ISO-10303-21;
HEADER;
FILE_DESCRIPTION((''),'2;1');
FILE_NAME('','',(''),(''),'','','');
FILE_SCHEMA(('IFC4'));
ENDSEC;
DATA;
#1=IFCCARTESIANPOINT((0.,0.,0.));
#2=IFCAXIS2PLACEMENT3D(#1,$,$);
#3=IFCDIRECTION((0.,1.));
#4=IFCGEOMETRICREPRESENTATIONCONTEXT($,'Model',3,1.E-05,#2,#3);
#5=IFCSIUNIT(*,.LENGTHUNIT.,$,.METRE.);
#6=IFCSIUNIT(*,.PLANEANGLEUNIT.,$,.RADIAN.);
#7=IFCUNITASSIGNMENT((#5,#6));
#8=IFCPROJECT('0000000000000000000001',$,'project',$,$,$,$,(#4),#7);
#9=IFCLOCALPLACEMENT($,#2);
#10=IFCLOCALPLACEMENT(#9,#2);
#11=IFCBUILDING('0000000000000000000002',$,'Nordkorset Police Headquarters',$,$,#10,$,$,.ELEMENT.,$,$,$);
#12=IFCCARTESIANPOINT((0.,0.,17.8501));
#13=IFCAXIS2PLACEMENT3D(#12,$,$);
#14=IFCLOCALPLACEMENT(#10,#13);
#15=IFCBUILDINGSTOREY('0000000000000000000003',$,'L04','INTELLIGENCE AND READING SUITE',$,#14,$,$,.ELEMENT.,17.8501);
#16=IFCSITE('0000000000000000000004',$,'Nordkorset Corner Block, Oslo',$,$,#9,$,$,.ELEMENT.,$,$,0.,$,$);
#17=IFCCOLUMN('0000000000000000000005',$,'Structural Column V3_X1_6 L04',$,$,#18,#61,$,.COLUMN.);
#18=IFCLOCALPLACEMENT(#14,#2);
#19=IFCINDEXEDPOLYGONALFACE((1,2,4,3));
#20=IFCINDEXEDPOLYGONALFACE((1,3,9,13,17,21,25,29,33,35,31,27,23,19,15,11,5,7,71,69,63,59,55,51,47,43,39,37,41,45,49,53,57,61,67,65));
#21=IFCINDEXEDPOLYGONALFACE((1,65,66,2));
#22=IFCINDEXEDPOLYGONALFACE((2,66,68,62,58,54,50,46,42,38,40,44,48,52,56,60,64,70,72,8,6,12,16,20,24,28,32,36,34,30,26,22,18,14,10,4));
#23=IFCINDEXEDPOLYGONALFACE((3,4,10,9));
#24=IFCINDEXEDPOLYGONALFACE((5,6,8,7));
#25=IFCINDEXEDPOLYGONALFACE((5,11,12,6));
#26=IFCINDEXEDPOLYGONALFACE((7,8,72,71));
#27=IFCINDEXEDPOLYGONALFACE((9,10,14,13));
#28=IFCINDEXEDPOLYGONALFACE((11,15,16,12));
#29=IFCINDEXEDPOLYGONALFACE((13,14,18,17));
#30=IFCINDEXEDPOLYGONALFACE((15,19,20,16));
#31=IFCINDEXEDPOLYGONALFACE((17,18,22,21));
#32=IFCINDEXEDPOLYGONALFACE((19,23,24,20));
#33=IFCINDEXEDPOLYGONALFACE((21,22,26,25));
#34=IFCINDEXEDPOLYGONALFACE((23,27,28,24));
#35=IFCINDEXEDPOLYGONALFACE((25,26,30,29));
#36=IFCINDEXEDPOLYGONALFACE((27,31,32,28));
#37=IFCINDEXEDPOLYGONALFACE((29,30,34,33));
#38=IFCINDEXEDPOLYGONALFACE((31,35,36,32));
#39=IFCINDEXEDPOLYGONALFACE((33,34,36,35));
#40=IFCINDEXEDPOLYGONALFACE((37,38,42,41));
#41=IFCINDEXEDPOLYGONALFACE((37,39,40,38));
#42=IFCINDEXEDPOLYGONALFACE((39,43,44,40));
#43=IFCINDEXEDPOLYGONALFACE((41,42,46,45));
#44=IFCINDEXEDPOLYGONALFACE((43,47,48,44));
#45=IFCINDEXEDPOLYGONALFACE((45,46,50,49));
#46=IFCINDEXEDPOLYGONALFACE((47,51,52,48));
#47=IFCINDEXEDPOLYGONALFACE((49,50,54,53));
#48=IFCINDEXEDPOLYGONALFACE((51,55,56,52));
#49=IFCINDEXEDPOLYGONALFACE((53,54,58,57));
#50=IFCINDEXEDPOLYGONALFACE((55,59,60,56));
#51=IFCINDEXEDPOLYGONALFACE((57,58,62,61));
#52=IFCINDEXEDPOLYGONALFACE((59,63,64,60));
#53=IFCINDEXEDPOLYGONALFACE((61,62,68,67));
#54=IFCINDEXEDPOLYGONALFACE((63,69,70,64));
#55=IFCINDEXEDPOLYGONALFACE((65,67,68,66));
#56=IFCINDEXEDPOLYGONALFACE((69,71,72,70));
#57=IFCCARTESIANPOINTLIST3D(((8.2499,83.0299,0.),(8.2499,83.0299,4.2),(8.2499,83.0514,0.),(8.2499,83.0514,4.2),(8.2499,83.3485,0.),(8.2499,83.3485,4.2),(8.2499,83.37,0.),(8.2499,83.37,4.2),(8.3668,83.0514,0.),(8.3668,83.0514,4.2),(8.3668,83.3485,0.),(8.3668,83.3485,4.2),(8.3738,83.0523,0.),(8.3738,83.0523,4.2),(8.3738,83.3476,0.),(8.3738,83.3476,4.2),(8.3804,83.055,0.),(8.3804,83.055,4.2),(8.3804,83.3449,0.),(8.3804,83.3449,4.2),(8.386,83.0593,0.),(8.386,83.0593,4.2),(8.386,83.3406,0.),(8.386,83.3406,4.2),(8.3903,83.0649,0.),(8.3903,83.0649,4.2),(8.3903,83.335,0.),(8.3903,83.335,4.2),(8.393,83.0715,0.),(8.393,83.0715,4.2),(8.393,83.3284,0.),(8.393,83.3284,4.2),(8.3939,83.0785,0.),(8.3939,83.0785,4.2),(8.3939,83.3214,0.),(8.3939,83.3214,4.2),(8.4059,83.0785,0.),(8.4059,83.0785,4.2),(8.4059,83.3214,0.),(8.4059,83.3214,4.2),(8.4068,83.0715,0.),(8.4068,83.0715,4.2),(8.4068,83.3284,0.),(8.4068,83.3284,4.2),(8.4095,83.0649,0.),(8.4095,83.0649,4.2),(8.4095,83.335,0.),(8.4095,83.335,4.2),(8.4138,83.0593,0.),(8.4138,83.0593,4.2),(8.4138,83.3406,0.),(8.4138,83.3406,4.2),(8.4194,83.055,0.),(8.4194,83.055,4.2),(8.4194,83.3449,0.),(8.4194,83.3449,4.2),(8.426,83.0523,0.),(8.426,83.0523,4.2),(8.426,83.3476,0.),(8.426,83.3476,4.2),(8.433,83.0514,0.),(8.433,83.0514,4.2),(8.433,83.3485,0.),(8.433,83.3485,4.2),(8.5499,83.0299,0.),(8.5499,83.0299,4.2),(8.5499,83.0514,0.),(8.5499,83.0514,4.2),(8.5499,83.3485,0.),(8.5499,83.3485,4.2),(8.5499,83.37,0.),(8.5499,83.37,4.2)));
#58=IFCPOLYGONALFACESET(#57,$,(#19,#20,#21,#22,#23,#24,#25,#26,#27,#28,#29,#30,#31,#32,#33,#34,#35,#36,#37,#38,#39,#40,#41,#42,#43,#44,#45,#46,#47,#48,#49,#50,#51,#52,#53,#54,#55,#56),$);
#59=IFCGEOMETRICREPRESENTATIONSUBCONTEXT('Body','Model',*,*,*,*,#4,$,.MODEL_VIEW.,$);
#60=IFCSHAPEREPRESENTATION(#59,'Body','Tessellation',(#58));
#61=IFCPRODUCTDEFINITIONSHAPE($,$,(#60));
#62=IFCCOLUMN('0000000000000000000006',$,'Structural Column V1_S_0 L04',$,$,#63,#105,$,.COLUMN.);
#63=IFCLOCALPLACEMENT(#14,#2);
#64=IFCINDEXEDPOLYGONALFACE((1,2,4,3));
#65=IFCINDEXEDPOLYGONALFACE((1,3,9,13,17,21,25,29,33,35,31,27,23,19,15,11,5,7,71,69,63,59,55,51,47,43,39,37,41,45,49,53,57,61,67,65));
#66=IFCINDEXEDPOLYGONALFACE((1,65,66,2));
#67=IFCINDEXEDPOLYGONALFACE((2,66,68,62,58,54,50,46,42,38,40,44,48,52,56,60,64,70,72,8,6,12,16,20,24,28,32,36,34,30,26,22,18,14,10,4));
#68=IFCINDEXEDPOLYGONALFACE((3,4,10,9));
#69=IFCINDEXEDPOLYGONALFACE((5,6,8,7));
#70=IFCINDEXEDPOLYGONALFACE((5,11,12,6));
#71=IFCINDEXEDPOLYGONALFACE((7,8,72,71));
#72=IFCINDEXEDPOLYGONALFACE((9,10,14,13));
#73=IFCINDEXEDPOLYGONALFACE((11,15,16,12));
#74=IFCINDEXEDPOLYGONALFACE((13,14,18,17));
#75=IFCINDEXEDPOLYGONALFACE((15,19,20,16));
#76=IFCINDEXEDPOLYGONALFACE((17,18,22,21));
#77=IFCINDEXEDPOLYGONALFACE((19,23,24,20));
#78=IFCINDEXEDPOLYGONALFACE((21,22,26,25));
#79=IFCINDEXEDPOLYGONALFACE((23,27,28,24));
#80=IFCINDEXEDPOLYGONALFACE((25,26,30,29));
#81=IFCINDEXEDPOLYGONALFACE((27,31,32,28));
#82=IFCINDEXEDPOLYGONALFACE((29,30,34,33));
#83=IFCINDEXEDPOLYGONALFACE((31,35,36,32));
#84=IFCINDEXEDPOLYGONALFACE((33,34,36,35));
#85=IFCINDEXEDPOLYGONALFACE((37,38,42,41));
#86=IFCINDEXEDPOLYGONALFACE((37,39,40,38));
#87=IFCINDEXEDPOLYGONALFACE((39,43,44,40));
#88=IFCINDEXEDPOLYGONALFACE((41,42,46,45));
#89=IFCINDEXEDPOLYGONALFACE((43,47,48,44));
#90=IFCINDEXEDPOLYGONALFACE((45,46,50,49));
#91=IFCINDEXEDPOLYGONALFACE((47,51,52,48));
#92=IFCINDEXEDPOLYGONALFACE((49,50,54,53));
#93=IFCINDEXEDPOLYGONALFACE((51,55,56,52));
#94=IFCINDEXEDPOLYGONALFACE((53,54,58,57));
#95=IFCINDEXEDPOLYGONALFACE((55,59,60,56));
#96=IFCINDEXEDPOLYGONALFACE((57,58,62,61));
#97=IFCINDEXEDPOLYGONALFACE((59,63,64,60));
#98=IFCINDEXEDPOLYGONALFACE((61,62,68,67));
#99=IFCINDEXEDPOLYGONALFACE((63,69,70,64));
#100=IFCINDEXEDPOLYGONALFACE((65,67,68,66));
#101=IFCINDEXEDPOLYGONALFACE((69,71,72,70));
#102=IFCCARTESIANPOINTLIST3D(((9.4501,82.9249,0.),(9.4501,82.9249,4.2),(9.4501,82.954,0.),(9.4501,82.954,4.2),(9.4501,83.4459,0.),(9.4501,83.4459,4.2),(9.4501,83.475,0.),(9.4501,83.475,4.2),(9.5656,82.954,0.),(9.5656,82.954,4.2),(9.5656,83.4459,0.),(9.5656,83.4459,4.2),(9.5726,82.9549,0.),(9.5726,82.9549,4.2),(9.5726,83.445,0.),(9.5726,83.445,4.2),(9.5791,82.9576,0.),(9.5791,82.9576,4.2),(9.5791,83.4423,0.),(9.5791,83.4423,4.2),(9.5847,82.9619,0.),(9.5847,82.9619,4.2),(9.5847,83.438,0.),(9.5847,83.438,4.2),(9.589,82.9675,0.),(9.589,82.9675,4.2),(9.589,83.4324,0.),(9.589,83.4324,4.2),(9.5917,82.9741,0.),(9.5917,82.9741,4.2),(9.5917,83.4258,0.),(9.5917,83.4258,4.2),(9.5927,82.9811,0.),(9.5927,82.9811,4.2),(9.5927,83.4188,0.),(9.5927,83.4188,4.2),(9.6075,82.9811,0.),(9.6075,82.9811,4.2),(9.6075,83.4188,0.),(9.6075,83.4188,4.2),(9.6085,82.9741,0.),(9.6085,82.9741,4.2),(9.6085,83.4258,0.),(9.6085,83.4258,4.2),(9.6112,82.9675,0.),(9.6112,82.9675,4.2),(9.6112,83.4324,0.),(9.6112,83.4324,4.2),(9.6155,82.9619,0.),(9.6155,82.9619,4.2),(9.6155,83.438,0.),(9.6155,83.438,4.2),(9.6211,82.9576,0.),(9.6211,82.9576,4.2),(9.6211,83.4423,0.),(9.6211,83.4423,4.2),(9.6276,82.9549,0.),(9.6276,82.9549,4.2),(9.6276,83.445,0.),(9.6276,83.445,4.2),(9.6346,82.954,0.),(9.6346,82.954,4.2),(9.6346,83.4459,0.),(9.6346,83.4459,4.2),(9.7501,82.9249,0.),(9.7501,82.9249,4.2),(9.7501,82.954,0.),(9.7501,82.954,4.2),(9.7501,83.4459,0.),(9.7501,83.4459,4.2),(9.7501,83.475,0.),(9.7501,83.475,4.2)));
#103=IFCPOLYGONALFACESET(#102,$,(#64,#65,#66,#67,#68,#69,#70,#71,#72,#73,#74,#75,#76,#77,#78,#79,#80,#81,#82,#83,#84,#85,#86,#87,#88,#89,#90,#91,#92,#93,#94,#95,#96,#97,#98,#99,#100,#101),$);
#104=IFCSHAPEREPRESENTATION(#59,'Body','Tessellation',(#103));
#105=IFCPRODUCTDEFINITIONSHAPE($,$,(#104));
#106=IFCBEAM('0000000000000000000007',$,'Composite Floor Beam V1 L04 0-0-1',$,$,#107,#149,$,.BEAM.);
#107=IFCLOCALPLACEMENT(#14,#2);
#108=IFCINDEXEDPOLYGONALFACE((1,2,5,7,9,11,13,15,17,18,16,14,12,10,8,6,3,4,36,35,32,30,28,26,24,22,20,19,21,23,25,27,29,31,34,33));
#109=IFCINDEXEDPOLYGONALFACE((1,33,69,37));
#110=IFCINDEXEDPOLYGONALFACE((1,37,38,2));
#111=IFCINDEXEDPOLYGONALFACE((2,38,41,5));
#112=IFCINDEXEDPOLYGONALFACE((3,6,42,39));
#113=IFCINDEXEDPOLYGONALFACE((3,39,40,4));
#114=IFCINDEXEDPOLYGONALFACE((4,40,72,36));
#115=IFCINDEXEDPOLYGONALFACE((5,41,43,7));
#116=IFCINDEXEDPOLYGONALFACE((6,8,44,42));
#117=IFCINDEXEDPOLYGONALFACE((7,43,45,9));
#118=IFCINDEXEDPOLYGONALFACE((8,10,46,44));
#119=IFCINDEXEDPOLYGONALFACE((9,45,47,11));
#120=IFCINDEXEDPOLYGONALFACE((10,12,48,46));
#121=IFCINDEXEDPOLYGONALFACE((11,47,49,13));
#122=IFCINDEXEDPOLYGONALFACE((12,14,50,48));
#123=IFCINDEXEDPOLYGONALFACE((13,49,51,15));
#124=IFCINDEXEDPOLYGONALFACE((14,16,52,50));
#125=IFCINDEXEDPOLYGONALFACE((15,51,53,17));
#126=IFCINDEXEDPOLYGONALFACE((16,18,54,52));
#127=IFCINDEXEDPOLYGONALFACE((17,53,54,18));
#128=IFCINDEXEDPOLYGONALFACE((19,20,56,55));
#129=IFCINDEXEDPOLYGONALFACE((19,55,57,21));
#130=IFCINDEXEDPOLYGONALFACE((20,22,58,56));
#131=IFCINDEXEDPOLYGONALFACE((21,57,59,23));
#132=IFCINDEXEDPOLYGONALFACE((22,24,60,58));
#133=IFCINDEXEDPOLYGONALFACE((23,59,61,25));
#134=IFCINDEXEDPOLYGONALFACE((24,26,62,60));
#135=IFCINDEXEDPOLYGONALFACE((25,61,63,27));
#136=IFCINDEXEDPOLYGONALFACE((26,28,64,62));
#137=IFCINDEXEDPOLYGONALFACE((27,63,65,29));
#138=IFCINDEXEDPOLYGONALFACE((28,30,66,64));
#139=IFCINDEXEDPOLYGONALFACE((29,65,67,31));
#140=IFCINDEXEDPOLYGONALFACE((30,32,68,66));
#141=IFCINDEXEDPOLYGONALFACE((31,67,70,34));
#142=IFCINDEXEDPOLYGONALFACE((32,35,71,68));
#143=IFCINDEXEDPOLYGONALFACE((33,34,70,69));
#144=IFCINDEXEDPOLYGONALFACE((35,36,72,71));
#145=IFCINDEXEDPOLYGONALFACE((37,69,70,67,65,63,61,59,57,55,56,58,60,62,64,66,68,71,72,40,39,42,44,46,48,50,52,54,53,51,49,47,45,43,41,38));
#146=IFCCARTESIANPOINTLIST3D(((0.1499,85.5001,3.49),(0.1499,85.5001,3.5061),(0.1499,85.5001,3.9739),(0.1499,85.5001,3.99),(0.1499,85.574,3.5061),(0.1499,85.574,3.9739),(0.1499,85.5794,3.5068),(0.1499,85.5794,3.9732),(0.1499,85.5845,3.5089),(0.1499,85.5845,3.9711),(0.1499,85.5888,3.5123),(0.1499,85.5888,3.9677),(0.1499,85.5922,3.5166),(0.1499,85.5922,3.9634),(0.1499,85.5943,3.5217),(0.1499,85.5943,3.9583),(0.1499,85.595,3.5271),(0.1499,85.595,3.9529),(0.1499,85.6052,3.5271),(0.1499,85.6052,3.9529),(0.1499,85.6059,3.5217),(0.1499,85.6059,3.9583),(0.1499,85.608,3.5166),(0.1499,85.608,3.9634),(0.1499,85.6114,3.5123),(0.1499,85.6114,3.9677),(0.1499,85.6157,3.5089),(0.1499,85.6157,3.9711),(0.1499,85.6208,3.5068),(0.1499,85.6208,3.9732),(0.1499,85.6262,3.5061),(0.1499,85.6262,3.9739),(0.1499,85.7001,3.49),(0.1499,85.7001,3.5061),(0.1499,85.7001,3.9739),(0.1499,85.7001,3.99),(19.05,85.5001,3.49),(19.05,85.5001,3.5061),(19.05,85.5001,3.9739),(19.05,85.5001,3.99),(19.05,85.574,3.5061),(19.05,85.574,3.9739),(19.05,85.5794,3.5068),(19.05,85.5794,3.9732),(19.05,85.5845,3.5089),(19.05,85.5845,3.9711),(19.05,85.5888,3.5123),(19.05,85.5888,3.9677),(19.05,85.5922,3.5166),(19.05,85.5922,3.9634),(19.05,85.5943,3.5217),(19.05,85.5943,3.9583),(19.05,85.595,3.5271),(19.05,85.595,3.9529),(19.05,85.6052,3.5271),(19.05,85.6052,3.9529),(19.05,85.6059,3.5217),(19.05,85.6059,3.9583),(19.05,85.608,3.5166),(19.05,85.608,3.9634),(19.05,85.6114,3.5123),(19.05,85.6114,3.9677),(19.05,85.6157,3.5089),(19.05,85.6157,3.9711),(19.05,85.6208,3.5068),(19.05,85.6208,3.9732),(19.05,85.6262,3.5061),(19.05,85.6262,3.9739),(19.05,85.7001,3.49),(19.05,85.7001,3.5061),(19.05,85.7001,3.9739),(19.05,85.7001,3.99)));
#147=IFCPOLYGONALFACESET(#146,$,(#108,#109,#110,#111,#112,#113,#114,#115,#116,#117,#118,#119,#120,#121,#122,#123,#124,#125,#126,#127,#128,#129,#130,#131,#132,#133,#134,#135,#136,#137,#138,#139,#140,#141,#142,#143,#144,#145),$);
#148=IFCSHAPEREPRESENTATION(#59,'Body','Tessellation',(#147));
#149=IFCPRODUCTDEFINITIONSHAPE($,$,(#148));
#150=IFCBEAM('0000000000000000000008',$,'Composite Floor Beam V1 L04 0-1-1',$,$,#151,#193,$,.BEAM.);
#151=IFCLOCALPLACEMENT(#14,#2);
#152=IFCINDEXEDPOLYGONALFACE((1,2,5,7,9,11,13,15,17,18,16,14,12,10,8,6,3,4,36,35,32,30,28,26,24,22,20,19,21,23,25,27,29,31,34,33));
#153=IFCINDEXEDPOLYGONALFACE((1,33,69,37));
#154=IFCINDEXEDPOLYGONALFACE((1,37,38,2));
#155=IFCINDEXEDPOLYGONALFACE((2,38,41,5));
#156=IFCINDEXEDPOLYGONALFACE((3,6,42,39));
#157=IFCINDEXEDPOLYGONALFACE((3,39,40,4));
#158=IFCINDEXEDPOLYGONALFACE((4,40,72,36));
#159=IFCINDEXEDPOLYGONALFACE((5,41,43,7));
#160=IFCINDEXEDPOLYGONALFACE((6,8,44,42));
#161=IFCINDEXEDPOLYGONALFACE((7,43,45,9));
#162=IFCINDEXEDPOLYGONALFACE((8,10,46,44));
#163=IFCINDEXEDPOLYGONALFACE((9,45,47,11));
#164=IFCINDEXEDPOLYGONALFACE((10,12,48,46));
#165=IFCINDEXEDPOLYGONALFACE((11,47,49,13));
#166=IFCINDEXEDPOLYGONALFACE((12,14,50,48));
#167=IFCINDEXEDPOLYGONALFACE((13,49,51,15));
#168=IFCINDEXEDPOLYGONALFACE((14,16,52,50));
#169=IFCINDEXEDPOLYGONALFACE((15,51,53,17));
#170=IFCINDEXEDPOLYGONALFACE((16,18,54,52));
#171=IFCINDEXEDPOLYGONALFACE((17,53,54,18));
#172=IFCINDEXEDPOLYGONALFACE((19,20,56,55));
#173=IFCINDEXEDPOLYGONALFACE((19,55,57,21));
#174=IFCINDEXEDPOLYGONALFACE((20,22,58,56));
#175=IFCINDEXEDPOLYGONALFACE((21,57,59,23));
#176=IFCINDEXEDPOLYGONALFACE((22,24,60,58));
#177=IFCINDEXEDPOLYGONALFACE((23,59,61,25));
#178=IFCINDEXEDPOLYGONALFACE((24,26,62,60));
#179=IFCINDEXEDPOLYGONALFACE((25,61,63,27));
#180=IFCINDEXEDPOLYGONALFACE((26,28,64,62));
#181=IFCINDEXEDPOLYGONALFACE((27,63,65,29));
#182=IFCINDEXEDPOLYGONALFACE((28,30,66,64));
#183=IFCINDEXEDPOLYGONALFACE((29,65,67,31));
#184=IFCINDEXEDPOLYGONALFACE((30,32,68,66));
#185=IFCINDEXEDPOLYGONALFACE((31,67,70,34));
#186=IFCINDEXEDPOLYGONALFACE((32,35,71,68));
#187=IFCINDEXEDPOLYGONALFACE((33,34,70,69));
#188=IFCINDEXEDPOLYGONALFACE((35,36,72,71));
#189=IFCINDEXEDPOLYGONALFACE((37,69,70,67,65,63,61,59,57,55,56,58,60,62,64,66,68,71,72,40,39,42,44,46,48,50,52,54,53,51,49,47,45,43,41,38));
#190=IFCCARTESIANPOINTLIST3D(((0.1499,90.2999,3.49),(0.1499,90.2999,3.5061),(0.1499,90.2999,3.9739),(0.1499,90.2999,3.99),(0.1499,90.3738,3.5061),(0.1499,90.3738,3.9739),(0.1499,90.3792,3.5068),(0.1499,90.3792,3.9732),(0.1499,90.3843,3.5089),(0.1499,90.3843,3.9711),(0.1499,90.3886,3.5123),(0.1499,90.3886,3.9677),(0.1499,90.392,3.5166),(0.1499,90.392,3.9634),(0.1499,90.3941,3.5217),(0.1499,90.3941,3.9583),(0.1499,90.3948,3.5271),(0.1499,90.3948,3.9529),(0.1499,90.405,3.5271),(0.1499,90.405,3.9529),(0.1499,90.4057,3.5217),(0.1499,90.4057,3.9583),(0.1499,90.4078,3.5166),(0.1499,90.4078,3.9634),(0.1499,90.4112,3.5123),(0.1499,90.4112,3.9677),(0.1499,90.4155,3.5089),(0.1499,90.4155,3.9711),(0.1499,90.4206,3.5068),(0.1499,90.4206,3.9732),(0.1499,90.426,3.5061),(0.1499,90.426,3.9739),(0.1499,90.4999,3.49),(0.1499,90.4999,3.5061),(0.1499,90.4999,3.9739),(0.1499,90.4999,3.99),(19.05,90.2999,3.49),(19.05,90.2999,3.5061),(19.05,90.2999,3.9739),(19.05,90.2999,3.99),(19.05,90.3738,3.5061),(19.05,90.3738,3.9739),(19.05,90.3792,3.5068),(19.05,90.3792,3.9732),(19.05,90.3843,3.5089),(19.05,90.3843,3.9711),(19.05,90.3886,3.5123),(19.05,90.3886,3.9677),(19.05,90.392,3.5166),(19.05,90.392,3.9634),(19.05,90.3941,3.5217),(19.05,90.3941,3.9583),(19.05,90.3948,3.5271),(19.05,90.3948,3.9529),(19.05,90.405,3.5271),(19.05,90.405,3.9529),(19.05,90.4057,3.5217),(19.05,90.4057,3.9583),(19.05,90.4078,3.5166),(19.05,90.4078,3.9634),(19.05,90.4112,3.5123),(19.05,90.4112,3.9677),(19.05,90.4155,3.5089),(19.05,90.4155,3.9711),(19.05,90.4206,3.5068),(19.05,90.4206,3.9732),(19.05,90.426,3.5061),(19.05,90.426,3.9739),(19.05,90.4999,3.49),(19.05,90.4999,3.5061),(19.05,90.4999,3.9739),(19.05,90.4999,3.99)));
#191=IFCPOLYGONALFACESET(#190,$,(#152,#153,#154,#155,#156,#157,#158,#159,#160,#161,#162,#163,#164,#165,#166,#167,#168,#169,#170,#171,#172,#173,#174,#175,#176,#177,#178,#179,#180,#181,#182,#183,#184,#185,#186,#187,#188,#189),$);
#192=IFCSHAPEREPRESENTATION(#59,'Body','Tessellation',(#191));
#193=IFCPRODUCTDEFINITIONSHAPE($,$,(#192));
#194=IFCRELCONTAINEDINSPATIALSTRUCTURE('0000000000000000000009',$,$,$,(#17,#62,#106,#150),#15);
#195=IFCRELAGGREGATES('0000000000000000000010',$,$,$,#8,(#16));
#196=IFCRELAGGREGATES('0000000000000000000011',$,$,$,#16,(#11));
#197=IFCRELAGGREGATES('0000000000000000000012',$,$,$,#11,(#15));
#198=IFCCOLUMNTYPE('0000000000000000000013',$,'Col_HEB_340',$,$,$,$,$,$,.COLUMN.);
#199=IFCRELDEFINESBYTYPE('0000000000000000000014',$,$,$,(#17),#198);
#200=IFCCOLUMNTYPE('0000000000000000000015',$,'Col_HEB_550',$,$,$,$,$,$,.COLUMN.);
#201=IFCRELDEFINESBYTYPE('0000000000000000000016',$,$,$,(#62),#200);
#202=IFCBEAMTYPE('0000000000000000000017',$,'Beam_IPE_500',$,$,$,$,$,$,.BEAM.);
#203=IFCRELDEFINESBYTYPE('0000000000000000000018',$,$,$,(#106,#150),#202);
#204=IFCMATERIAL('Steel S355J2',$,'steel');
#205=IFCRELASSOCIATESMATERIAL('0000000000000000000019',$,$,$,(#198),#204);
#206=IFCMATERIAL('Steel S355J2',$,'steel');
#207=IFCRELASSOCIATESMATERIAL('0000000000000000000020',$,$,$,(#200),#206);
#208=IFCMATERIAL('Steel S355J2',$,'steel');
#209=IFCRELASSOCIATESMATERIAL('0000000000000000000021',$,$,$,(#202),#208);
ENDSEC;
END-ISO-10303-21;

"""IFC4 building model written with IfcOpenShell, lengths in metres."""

from ifc_helpers import new_model, si_unit, direction, frame, origin, origin_2d, place, context, subcontext, project, spatial, i_section, extrude, material, material_profile, profile_set, type_object, element, save


model = new_model("IFC4")

# Units and contexts
model_context = context("Model", 3, precision=1e-05, world=origin(), true_north=direction((0.0, 1.0)))
body_context = subcontext(model_context, "Body", "Model", "MODEL_VIEW")
ifc_project = project(units=[si_unit("LENGTHUNIT", "METRE"), si_unit("PLANEANGLEUNIT", "RADIAN")], contexts=[model_context])

# Site, building, storey
site_placement = place(None, origin())
site = spatial("IfcSite", under=ifc_project, at=site_placement, Name="Nordkorset Corner Block, Oslo", CompositionType="ELEMENT", RefElevation=0.0)
building_placement = place(site_placement, origin())
building = spatial("IfcBuilding", under=site, at=building_placement, Name="Nordkorset Police Headquarters", CompositionType="ELEMENT")
storey_placement = place(building_placement, frame((0.0, 0.0, 17.8501)))
storey = spatial("IfcBuildingStorey", under=building, at=storey_placement, Name="L04", Description="INTELLIGENCE AND READING SUITE", CompositionType="ELEMENT", Elevation=17.8501)

# Columns
ifc_material_1 = material(Name="Steel S355J2", Category="steel")
ifc_material_profile_1 = material_profile(ifc_material_1, i_section(OverallWidth=0.3, OverallDepth=0.3401, WebThickness=0.012, FlangeThickness=0.0215, FilletRadius=0.0271, at=origin_2d()), Name="HEB 340")
ifc_profile_set_1 = profile_set([ifc_material_profile_1], Name="Steel S355J2")
column_type_1 = type_object("IfcColumnType", Name="Col_HEB_340", PredefinedType="COLUMN", material=ifc_profile_set_1)
column_1_placement = place(storey_placement, frame((8.3999, 83.2, 0.0), z_axis=(0.0, 0.0, 1.0), x_axis=(1.0, 0.0, 0.0)))
element("IfcColumn", 1, at=column_1_placement, inside=storey, type_object=column_type_1, Name="Structural Column V3_X1_6 L04", PredefinedType="COLUMN", context=body_context, shape_type="SweptSolid", body=[
    extrude(i_section(OverallWidth=0.3, OverallDepth=0.3401, WebThickness=0.012, FlangeThickness=0.0215, FilletRadius=0.0271, at=origin_2d()), origin(), (0.0, 0.0, 1.0), 4.2),
])
ifc_material_2 = material(Name="Steel S355J2", Category="steel")
ifc_material_profile_2 = material_profile(ifc_material_2, i_section(OverallWidth=0.3, OverallDepth=0.55, WebThickness=0.0149, FlangeThickness=0.0291, FilletRadius=0.0271, at=origin_2d()), Name="HEB 550")
ifc_profile_set_2 = profile_set([ifc_material_profile_2], Name="Steel S355J2")
column_type_2 = type_object("IfcColumnType", Name="Col_HEB_550", PredefinedType="COLUMN", material=ifc_profile_set_2)
column_2_placement = place(storey_placement, frame((9.6001, 83.2, 0.0), z_axis=(0.0, 0.0, 1.0), x_axis=(1.0, 0.0, 0.0)))
element("IfcColumn", 2, at=column_2_placement, inside=storey, type_object=column_type_2, Name="Structural Column V1_S_0 L04", PredefinedType="COLUMN", context=body_context, shape_type="SweptSolid", body=[
    extrude(i_section(OverallWidth=0.3, OverallDepth=0.55, WebThickness=0.0149, FlangeThickness=0.0291, FilletRadius=0.0271, at=origin_2d()), origin(), (0.0, 0.0, 1.0), 4.2),
])

# Beams
ifc_material_3 = material(Name="Steel S355J2", Category="steel")
ifc_material_profile_3 = material_profile(ifc_material_3, i_section(OverallWidth=0.2, OverallDepth=0.5, WebThickness=0.0103, FlangeThickness=0.0161, FilletRadius=0.021, at=origin_2d()), Name="IPE 500")
ifc_profile_set_3 = profile_set([ifc_material_profile_3], Name="Steel S355J2")
beam_type_1 = type_object("IfcBeamType", Name="Beam_IPE_500", PredefinedType="BEAM", material=ifc_profile_set_3)
for number, where, z_axis, x_axis, name in (
    (3, (0.1499, 85.6001, 3.74), (1.0, 0.0, 0.0), (0.0, 1.0, 0.0), "Composite Floor Beam V1 L04 0-0-1"),
    (4, (0.1499, 90.3999, 3.74), (1.0, 0.0, 0.0), (0.0, 1.0, 0.0), "Composite Floor Beam V1 L04 0-1-1"),
):
    element("IfcBeam", number, at=place(storey_placement, frame(where, z_axis=z_axis, x_axis=x_axis)), inside=storey, type_object=beam_type_1, Name=name, PredefinedType="BEAM", context=body_context, shape_type="SweptSolid", body=[
        extrude(i_section(OverallWidth=0.2, OverallDepth=0.5, WebThickness=0.0103, FlangeThickness=0.0161, FilletRadius=0.021, at=origin_2d()), origin(), (0.0, 0.0, 1.0), 18.9001),
    ])

save(model, "model.ifc")
